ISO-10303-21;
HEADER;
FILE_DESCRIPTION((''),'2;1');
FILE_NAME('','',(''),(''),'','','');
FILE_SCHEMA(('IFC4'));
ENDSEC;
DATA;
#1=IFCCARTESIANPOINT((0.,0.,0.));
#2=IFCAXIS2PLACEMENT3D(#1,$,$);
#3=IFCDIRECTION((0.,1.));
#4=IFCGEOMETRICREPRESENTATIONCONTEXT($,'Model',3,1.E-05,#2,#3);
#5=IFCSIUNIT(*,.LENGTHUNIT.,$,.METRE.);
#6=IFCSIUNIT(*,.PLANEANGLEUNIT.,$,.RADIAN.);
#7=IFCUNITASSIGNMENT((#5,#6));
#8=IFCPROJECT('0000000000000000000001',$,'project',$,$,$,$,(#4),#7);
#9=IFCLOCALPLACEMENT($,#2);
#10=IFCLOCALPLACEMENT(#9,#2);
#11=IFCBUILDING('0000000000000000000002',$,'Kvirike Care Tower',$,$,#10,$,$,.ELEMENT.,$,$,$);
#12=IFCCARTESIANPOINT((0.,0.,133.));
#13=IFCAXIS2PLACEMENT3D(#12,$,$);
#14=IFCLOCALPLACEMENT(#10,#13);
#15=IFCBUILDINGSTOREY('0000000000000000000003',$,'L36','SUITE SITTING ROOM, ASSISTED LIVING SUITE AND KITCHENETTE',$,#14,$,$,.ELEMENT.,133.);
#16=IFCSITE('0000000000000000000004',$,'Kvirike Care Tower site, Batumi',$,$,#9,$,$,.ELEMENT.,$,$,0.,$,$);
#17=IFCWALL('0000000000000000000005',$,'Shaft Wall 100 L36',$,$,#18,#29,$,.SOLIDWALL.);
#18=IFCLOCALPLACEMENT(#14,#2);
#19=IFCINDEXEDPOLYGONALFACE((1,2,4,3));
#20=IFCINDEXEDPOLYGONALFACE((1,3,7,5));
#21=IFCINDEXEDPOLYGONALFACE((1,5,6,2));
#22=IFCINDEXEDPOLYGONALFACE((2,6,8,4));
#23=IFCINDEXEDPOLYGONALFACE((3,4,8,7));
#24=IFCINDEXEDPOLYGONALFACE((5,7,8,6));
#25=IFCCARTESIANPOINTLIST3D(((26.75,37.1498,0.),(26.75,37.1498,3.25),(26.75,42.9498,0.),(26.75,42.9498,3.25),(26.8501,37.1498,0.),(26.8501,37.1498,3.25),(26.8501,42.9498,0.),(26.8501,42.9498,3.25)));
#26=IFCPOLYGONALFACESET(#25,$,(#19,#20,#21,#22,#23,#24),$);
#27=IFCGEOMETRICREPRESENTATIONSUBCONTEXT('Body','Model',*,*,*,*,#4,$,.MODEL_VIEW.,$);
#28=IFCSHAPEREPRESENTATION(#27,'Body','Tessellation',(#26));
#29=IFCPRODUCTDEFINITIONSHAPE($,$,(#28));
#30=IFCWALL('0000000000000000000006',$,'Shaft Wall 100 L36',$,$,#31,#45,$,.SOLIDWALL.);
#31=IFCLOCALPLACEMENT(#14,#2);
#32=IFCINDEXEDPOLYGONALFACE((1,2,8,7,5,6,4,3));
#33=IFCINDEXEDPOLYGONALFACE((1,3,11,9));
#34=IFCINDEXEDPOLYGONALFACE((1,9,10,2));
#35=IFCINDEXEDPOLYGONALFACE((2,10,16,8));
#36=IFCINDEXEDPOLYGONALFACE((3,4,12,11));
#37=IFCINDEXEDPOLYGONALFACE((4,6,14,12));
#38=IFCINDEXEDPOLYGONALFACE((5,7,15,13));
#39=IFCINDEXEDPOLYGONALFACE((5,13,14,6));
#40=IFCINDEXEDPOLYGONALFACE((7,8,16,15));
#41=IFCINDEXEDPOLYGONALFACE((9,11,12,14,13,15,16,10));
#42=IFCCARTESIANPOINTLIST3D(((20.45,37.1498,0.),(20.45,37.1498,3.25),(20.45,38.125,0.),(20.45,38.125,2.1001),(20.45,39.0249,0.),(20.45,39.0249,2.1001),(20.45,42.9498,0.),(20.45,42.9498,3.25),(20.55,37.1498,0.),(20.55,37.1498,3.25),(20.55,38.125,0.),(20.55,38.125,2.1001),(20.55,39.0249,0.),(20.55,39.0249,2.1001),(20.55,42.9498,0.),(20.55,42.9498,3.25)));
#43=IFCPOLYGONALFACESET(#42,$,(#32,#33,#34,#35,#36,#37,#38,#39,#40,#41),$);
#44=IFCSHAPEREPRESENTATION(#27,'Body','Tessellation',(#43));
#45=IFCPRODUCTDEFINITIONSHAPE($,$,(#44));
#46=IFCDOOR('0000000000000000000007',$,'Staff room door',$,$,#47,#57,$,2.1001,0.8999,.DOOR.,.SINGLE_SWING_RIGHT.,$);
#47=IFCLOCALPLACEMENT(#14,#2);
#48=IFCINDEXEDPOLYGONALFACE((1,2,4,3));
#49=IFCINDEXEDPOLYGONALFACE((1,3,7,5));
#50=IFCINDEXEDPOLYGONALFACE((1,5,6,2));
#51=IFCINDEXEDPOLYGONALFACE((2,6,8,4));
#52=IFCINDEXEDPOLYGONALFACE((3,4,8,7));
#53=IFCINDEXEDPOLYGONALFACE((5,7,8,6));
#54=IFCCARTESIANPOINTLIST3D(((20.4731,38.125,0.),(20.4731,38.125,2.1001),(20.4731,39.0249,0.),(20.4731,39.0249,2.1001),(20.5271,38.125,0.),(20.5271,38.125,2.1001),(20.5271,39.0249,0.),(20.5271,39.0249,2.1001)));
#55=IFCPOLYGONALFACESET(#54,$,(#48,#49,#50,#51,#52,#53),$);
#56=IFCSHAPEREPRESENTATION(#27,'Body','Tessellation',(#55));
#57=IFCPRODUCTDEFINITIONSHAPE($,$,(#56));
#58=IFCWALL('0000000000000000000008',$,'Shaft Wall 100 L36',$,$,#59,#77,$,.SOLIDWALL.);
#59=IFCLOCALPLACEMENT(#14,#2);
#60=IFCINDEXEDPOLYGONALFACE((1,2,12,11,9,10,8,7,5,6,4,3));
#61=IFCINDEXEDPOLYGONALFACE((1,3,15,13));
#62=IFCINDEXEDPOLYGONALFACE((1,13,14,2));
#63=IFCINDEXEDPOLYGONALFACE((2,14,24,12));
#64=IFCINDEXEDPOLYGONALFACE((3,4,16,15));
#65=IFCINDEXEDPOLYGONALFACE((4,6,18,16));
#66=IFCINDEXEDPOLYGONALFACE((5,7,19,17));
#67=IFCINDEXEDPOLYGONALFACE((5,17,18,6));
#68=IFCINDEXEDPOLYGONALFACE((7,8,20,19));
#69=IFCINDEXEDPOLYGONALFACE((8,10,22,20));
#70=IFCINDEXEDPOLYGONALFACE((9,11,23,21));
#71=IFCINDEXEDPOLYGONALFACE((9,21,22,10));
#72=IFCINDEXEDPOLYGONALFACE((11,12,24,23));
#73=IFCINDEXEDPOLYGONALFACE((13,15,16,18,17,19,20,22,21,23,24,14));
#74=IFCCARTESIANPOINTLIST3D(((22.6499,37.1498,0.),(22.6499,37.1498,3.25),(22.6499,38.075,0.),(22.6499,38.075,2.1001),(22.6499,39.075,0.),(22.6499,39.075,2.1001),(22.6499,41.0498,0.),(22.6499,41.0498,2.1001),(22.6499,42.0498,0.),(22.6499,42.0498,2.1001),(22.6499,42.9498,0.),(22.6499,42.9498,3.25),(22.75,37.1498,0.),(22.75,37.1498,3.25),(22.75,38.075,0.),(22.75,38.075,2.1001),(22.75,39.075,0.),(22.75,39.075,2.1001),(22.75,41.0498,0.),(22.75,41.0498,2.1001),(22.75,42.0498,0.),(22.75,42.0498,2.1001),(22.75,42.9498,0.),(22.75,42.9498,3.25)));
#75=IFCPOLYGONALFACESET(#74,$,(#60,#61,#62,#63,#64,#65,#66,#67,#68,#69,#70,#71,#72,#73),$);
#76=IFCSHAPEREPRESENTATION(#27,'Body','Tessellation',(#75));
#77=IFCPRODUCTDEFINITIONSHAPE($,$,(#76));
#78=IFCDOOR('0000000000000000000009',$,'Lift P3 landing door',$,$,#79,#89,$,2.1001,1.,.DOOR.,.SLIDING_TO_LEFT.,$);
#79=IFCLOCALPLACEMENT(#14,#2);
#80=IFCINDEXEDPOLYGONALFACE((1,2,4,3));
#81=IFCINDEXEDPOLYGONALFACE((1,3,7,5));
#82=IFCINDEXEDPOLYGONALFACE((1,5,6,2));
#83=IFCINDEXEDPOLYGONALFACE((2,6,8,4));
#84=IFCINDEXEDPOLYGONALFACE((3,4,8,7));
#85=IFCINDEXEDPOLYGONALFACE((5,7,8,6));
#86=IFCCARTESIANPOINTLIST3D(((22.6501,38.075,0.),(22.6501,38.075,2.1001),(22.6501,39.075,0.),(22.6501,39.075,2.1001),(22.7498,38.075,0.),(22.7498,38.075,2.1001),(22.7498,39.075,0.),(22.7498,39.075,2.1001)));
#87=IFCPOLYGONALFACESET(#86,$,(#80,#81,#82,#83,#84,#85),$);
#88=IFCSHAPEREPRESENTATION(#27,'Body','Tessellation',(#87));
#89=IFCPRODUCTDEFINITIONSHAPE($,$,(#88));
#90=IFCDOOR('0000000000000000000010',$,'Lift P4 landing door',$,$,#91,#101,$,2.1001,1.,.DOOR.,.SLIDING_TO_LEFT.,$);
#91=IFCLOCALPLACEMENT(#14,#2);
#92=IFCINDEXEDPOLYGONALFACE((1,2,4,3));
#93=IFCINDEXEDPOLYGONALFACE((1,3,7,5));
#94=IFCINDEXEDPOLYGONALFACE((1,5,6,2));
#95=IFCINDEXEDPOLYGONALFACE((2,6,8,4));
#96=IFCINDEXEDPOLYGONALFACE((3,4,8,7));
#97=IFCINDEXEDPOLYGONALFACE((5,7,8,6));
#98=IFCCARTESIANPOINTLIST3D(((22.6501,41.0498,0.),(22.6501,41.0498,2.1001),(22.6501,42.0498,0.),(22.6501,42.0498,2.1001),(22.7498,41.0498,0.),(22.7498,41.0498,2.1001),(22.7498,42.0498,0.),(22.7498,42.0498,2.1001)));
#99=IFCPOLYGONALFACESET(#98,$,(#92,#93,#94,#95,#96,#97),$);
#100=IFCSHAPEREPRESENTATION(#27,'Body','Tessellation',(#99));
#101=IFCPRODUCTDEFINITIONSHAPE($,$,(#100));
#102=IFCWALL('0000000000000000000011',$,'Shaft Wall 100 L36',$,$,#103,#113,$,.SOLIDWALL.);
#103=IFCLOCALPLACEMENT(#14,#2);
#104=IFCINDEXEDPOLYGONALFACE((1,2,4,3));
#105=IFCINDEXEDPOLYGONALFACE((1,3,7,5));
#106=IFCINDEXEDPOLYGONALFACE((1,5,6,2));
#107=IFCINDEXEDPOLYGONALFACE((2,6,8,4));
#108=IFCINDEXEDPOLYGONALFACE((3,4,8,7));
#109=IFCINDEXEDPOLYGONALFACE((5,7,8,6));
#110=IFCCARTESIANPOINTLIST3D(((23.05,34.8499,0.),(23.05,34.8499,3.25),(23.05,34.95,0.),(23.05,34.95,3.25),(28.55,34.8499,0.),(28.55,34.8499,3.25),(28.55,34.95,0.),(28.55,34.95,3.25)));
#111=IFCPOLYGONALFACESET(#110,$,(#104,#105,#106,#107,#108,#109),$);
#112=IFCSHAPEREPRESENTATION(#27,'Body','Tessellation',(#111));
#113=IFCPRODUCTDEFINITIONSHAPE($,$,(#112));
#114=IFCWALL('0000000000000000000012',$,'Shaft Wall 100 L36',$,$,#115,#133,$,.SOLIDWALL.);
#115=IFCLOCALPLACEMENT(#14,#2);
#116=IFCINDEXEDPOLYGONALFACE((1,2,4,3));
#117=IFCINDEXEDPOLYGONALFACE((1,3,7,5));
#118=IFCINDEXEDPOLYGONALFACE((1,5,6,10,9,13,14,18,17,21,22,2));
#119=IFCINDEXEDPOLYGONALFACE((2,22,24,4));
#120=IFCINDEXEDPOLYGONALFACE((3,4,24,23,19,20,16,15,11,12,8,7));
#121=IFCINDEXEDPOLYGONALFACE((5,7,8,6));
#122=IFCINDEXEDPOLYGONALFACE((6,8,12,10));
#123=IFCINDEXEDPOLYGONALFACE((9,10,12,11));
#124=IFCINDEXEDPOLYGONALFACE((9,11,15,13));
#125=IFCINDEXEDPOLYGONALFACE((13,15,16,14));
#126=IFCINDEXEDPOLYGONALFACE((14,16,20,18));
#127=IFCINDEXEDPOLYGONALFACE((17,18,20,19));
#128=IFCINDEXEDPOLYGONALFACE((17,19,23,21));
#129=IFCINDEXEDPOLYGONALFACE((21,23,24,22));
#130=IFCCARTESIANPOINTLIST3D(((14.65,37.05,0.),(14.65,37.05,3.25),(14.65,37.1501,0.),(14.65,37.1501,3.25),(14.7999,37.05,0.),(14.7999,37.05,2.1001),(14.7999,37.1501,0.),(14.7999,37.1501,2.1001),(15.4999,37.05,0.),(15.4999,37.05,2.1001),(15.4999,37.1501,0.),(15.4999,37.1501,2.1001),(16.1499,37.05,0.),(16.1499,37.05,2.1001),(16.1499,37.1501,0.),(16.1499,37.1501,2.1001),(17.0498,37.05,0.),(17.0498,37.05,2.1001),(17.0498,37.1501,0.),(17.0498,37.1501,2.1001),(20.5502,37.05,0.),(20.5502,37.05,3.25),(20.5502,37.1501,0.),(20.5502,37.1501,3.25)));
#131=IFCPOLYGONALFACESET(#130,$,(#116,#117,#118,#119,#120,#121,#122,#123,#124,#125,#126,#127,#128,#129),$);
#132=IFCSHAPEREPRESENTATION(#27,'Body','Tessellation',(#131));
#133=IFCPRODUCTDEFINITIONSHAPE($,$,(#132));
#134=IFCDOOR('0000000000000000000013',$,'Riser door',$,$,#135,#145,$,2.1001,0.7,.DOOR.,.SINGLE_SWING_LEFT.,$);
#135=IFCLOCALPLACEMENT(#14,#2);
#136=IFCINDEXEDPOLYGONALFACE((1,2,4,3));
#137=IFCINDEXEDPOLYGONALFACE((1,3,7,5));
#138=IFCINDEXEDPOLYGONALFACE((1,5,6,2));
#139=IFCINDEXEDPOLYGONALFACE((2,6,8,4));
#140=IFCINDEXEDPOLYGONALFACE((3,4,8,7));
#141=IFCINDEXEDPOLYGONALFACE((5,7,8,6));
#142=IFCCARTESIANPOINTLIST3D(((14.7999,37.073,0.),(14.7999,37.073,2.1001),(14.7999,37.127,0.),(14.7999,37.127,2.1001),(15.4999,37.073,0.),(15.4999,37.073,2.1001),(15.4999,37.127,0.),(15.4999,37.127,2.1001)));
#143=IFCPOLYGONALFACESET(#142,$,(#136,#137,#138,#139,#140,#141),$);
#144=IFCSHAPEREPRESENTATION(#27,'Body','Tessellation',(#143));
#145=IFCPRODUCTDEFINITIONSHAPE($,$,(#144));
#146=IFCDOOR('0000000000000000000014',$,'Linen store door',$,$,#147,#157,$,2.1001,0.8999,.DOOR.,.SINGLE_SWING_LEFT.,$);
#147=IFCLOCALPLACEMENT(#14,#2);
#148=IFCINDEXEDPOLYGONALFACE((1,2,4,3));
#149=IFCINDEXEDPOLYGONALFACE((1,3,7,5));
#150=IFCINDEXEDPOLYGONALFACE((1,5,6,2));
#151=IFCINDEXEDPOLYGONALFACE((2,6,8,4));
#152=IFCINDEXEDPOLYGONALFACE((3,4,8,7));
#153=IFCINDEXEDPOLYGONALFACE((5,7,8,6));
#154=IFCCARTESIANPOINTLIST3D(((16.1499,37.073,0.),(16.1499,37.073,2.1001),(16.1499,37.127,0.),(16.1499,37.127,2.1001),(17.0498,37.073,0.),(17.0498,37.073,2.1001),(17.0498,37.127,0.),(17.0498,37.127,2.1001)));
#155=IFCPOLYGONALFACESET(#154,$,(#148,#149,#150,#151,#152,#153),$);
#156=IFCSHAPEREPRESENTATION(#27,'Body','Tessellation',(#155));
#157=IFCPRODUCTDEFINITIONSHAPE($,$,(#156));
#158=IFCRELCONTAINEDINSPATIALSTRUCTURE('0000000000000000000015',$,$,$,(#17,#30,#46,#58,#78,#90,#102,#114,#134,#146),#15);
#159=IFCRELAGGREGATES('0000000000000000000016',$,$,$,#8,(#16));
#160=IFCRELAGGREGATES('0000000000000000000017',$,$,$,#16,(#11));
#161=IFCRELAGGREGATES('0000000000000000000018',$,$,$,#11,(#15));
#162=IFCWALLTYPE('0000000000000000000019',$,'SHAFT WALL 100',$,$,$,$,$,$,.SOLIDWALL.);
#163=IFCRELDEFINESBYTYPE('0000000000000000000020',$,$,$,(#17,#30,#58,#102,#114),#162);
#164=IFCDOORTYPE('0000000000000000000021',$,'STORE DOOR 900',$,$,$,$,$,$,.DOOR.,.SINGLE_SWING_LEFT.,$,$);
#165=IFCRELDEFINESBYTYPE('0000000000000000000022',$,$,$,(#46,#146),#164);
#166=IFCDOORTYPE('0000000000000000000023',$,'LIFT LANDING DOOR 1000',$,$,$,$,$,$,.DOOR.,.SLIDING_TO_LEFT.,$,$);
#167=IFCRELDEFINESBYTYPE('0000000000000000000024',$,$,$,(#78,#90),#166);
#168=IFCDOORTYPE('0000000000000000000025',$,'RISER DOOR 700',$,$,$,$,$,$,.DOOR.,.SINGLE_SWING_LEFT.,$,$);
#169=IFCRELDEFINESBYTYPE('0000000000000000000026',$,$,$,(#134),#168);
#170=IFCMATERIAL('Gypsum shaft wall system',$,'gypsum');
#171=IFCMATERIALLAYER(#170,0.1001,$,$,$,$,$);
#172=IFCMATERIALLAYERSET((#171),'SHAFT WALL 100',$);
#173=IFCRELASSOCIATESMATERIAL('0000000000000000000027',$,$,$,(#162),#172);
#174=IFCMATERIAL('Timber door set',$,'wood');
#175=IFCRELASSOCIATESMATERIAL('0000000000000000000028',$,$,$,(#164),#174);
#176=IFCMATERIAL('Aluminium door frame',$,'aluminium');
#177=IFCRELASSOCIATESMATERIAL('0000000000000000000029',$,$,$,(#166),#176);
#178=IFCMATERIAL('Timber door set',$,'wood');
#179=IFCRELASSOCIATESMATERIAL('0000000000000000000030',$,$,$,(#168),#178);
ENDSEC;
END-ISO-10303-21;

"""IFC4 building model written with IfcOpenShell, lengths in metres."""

from ifc_helpers import new_model, si_unit, direction, frame, frame_2d, origin, place, context, subcontext, project, spatial, rectangle, extrude, material, layer, layer_set, type_object, element, fill, save


model = new_model("IFC4")

# Units and contexts
model_context = context("Model", 3, precision=1e-05, world=origin(), true_north=direction((0.0, 1.0)))
body_context = subcontext(model_context, "Body", "Model", "MODEL_VIEW")
ifc_project = project(units=[si_unit("LENGTHUNIT", "METRE"), si_unit("PLANEANGLEUNIT", "RADIAN")], contexts=[model_context])

# Site, building, storey
site_placement = place(None, origin())
site = spatial("IfcSite", under=ifc_project, at=site_placement, Name="Kvirike Care Tower site, Batumi", CompositionType="ELEMENT", RefElevation=0.0)
building_placement = place(site_placement, origin())
building = spatial("IfcBuilding", under=site, at=building_placement, Name="Kvirike Care Tower", CompositionType="ELEMENT")
storey_placement = place(building_placement, frame((0.0, 0.0, 133.0)))
storey = spatial("IfcBuildingStorey", under=building, at=storey_placement, Name="L36", Description="SUITE SITTING ROOM, ASSISTED LIVING SUITE AND KITCHENETTE", CompositionType="ELEMENT", Elevation=133.0)

# Wall
ifc_material_1 = material(Name="Gypsum shaft wall system", Category="gypsum")
ifc_layer_1 = layer(ifc_material_1, 0.1001)
ifc_layer_set_1 = layer_set([ifc_layer_1], Name="SHAFT WALL 100")
wall_type_1 = type_object("IfcWallType", Name="SHAFT WALL 100", PredefinedType="SOLIDWALL", material=ifc_layer_set_1)
for number, where, z_axis, x_axis, name in (
    (1, (26.8, 37.1499, 0.0), (0.0, 0.0, 1.0), (0.0, 1.0, 0.0), "Shaft Wall 100 L36"),
):
    element("IfcWall", number, at=place(storey_placement, frame(where, z_axis=z_axis, x_axis=x_axis)), inside=storey, type_object=wall_type_1, Name=name, PredefinedType="SOLIDWALL", context=body_context, shape_type="SweptSolid", body=[
        extrude(rectangle(XDim=5.8, YDim=0.1001, at=frame_2d((2.8999, 0.0))), origin(), (0.0, 0.0, 1.0), 3.25),
    ])

# Wall, opening, door
wall_1_placement = place(storey_placement, frame((20.5, 37.1499, 0.0), z_axis=(0.0, 0.0, 1.0), x_axis=(0.0, 1.0, 0.0)))
wall_1 = element("IfcWall", 2, at=wall_1_placement, inside=storey, type_object=wall_type_1, Name="Shaft Wall 100 L36", PredefinedType="SOLIDWALL", context=body_context, shape_type="SweptSolid", body=[
    extrude(rectangle(XDim=5.8, YDim=0.1001, at=frame_2d((2.8999, 0.0))), origin(), (0.0, 0.0, 1.0), 3.25),
])
opening_1_placement = place(wall_1_placement, frame((0.9751, 0.0, 0.0)))
opening_1 = element("IfcOpeningElement", 3, at=opening_1_placement, cuts=wall_1, PredefinedType="OPENING", context=body_context, shape_type="SweptSolid", body=[
    extrude(rectangle(XDim=0.8999, YDim=2.1001, at=frame_2d((0.45, 1.05))), frame((0.0, 0.0605, 0.0), z_axis=(0.0, -1.0, 0.0), x_axis=(1.0, 0.0, 0.0)), (0.0, 0.0, 1.0), 0.1211),
])
ifc_material_2 = material(Name="Timber door set", Category="wood")
door_type_1 = type_object("IfcDoorType", Name="STORE DOOR 900", OperationType="SINGLE_SWING_LEFT", PredefinedType="DOOR", material=ifc_material_2)
door_1_placement = place(opening_1_placement, origin())
door_1 = element("IfcDoor", 4, at=door_1_placement, inside=storey, type_object=door_type_1, Name="Staff room door", OperationType="SINGLE_SWING_RIGHT", OverallHeight=2.1001, OverallWidth=0.8999, PredefinedType="DOOR", context=body_context, shape_type="SweptSolid", body=[
    extrude(rectangle(XDim=0.8999, YDim=2.1001, at=frame_2d((0.45, 1.05))), frame((0.0, 0.0269, 0.0), z_axis=(0.0, -1.0, 0.0), x_axis=(1.0, 0.0, 0.0)), (0.0, 0.0, 1.0), 0.054),
])
fill(opening_1, door_1)

# Wall, openings, doors
wall_2_placement = place(storey_placement, frame((22.7, 37.1499, 0.0), z_axis=(0.0, 0.0, 1.0), x_axis=(0.0, 1.0, 0.0)))
wall_2 = element("IfcWall", 5, at=wall_2_placement, inside=storey, type_object=wall_type_1, Name="Shaft Wall 100 L36", PredefinedType="SOLIDWALL", context=body_context, shape_type="SweptSolid", body=[
    extrude(rectangle(XDim=5.8, YDim=0.1001, at=frame_2d((2.8999, 0.0))), origin(), (0.0, 0.0, 1.0), 3.25),
])
opening_2_placement = place(wall_2_placement, frame((0.925, 0.0, 0.0)))
opening_2 = element("IfcOpeningElement", 6, at=opening_2_placement, cuts=wall_2, PredefinedType="OPENING", context=body_context, shape_type="SweptSolid", body=[
    extrude(rectangle(XDim=1.0, YDim=2.1001, at=frame_2d((0.5, 1.05))), frame((0.0, 0.0605, 0.0), z_axis=(0.0, -1.0, 0.0), x_axis=(1.0, 0.0, 0.0)), (0.0, 0.0, 1.0), 0.1211),
])
opening_3_placement = place(wall_2_placement, frame((3.8999, 0.0, 0.0)))
opening_3 = element("IfcOpeningElement", 7, at=opening_3_placement, cuts=wall_2, PredefinedType="OPENING", context=body_context, shape_type="SweptSolid", body=[
    extrude(rectangle(XDim=1.0, YDim=2.1001, at=frame_2d((0.5, 1.05))), frame((0.0, 0.0605, 0.0), z_axis=(0.0, -1.0, 0.0), x_axis=(1.0, 0.0, 0.0)), (0.0, 0.0, 1.0), 0.1211),
])
ifc_material_3 = material(Name="Aluminium door frame", Category="aluminium")
door_type_2 = type_object("IfcDoorType", Name="LIFT LANDING DOOR 1000", OperationType="SLIDING_TO_LEFT", PredefinedType="DOOR", material=ifc_material_3)
door_2_placement = place(opening_2_placement, origin())
door_2 = element("IfcDoor", 8, at=door_2_placement, inside=storey, type_object=door_type_2, Name="Lift P3 landing door", OperationType="SLIDING_TO_LEFT", OverallHeight=2.1001, OverallWidth=1.0, PredefinedType="DOOR", context=body_context, shape_type="SweptSolid", body=[
    extrude(rectangle(XDim=1.0, YDim=2.1001, at=frame_2d((0.5, 1.05))), frame((0.0, 0.0498, 0.0), z_axis=(0.0, -1.0, 0.0), x_axis=(1.0, 0.0, 0.0)), (0.0, 0.0, 1.0), 0.0996),
])
fill(opening_2, door_2)
door_3_placement = place(opening_3_placement, origin())
door_3 = element("IfcDoor", 9, at=door_3_placement, inside=storey, type_object=door_type_2, Name="Lift P4 landing door", OperationType="SLIDING_TO_LEFT", OverallHeight=2.1001, OverallWidth=1.0, PredefinedType="DOOR", context=body_context, shape_type="SweptSolid", body=[
    extrude(rectangle(XDim=1.0, YDim=2.1001, at=frame_2d((0.5, 1.05))), frame((0.0, 0.0498, 0.0), z_axis=(0.0, -1.0, 0.0), x_axis=(1.0, 0.0, 0.0)), (0.0, 0.0, 1.0), 0.0996),
])
fill(opening_3, door_3)

# Wall
wall_3_placement = place(storey_placement, frame((23.05, 34.8999, 0.0), z_axis=(0.0, 0.0, 1.0), x_axis=(1.0, 0.0, 0.0)))
element("IfcWall", 10, at=wall_3_placement, inside=storey, type_object=wall_type_1, Name="Shaft Wall 100 L36", PredefinedType="SOLIDWALL", context=body_context, shape_type="SweptSolid", body=[
    extrude(rectangle(XDim=5.5, YDim=0.1001, at=frame_2d((2.75, 0.0))), origin(), (0.0, 0.0, 1.0), 3.25),
])

# Wall, openings, doors
wall_4_placement = place(storey_placement, frame((14.6499, 37.1001, 0.0), z_axis=(0.0, 0.0, 1.0), x_axis=(1.0, 0.0, 0.0)))
wall_4 = element("IfcWall", 11, at=wall_4_placement, inside=storey, type_object=wall_type_1, Name="Shaft Wall 100 L36", PredefinedType="SOLIDWALL", context=body_context, shape_type="SweptSolid", body=[
    extrude(rectangle(XDim=5.9001, YDim=0.1001, at=frame_2d((2.9502, 0.0))), origin(), (0.0, 0.0, 1.0), 3.25),
])
opening_4_placement = place(wall_4_placement, frame((0.1499, 0.0, 0.0)))
opening_4 = element("IfcOpeningElement", 12, at=opening_4_placement, cuts=wall_4, PredefinedType="OPENING", context=body_context, shape_type="SweptSolid", body=[
    extrude(rectangle(XDim=0.7, YDim=2.1001, at=frame_2d((0.3501, 1.05))), frame((0.0, 0.0605, 0.0), z_axis=(0.0, -1.0, 0.0), x_axis=(1.0, 0.0, 0.0)), (0.0, 0.0, 1.0), 0.1211),
])
opening_5_placement = place(wall_4_placement, frame((1.5, 0.0, 0.0)))
opening_5 = element("IfcOpeningElement", 13, at=opening_5_placement, cuts=wall_4, PredefinedType="OPENING", context=body_context, shape_type="SweptSolid", body=[
    extrude(rectangle(XDim=0.8999, YDim=2.1001, at=frame_2d((0.45, 1.05))), frame((0.0, 0.0605, 0.0), z_axis=(0.0, -1.0, 0.0), x_axis=(1.0, 0.0, 0.0)), (0.0, 0.0, 1.0), 0.1211),
])
ifc_material_4 = material(Name="Timber door set", Category="wood")
door_type_3 = type_object("IfcDoorType", Name="RISER DOOR 700", OperationType="SINGLE_SWING_LEFT", PredefinedType="DOOR", material=ifc_material_4)
door_4_placement = place(opening_4_placement, origin())
door_4 = element("IfcDoor", 14, at=door_4_placement, inside=storey, type_object=door_type_3, Name="Riser door", OperationType="SINGLE_SWING_LEFT", OverallHeight=2.1001, OverallWidth=0.7, PredefinedType="DOOR", context=body_context, shape_type="SweptSolid", body=[
    extrude(rectangle(XDim=0.7, YDim=2.1001, at=frame_2d((0.3501, 1.05))), frame((0.0, 0.0269, 0.0), z_axis=(0.0, -1.0, 0.0), x_axis=(1.0, 0.0, 0.0)), (0.0, 0.0, 1.0), 0.054),
])
fill(opening_4, door_4)
door_5_placement = place(opening_5_placement, origin())
door_5 = element("IfcDoor", 15, at=door_5_placement, inside=storey, type_object=door_type_1, Name="Linen store door", OperationType="SINGLE_SWING_LEFT", OverallHeight=2.1001, OverallWidth=0.8999, PredefinedType="DOOR", context=body_context, shape_type="SweptSolid", body=[
    extrude(rectangle(XDim=0.8999, YDim=2.1001, at=frame_2d((0.45, 1.05))), frame((0.0, 0.0269, 0.0), z_axis=(0.0, -1.0, 0.0), x_axis=(1.0, 0.0, 0.0)), (0.0, 0.0, 1.0), 0.054),
])
fill(opening_5, door_5)

save(model, "model.ifc")
